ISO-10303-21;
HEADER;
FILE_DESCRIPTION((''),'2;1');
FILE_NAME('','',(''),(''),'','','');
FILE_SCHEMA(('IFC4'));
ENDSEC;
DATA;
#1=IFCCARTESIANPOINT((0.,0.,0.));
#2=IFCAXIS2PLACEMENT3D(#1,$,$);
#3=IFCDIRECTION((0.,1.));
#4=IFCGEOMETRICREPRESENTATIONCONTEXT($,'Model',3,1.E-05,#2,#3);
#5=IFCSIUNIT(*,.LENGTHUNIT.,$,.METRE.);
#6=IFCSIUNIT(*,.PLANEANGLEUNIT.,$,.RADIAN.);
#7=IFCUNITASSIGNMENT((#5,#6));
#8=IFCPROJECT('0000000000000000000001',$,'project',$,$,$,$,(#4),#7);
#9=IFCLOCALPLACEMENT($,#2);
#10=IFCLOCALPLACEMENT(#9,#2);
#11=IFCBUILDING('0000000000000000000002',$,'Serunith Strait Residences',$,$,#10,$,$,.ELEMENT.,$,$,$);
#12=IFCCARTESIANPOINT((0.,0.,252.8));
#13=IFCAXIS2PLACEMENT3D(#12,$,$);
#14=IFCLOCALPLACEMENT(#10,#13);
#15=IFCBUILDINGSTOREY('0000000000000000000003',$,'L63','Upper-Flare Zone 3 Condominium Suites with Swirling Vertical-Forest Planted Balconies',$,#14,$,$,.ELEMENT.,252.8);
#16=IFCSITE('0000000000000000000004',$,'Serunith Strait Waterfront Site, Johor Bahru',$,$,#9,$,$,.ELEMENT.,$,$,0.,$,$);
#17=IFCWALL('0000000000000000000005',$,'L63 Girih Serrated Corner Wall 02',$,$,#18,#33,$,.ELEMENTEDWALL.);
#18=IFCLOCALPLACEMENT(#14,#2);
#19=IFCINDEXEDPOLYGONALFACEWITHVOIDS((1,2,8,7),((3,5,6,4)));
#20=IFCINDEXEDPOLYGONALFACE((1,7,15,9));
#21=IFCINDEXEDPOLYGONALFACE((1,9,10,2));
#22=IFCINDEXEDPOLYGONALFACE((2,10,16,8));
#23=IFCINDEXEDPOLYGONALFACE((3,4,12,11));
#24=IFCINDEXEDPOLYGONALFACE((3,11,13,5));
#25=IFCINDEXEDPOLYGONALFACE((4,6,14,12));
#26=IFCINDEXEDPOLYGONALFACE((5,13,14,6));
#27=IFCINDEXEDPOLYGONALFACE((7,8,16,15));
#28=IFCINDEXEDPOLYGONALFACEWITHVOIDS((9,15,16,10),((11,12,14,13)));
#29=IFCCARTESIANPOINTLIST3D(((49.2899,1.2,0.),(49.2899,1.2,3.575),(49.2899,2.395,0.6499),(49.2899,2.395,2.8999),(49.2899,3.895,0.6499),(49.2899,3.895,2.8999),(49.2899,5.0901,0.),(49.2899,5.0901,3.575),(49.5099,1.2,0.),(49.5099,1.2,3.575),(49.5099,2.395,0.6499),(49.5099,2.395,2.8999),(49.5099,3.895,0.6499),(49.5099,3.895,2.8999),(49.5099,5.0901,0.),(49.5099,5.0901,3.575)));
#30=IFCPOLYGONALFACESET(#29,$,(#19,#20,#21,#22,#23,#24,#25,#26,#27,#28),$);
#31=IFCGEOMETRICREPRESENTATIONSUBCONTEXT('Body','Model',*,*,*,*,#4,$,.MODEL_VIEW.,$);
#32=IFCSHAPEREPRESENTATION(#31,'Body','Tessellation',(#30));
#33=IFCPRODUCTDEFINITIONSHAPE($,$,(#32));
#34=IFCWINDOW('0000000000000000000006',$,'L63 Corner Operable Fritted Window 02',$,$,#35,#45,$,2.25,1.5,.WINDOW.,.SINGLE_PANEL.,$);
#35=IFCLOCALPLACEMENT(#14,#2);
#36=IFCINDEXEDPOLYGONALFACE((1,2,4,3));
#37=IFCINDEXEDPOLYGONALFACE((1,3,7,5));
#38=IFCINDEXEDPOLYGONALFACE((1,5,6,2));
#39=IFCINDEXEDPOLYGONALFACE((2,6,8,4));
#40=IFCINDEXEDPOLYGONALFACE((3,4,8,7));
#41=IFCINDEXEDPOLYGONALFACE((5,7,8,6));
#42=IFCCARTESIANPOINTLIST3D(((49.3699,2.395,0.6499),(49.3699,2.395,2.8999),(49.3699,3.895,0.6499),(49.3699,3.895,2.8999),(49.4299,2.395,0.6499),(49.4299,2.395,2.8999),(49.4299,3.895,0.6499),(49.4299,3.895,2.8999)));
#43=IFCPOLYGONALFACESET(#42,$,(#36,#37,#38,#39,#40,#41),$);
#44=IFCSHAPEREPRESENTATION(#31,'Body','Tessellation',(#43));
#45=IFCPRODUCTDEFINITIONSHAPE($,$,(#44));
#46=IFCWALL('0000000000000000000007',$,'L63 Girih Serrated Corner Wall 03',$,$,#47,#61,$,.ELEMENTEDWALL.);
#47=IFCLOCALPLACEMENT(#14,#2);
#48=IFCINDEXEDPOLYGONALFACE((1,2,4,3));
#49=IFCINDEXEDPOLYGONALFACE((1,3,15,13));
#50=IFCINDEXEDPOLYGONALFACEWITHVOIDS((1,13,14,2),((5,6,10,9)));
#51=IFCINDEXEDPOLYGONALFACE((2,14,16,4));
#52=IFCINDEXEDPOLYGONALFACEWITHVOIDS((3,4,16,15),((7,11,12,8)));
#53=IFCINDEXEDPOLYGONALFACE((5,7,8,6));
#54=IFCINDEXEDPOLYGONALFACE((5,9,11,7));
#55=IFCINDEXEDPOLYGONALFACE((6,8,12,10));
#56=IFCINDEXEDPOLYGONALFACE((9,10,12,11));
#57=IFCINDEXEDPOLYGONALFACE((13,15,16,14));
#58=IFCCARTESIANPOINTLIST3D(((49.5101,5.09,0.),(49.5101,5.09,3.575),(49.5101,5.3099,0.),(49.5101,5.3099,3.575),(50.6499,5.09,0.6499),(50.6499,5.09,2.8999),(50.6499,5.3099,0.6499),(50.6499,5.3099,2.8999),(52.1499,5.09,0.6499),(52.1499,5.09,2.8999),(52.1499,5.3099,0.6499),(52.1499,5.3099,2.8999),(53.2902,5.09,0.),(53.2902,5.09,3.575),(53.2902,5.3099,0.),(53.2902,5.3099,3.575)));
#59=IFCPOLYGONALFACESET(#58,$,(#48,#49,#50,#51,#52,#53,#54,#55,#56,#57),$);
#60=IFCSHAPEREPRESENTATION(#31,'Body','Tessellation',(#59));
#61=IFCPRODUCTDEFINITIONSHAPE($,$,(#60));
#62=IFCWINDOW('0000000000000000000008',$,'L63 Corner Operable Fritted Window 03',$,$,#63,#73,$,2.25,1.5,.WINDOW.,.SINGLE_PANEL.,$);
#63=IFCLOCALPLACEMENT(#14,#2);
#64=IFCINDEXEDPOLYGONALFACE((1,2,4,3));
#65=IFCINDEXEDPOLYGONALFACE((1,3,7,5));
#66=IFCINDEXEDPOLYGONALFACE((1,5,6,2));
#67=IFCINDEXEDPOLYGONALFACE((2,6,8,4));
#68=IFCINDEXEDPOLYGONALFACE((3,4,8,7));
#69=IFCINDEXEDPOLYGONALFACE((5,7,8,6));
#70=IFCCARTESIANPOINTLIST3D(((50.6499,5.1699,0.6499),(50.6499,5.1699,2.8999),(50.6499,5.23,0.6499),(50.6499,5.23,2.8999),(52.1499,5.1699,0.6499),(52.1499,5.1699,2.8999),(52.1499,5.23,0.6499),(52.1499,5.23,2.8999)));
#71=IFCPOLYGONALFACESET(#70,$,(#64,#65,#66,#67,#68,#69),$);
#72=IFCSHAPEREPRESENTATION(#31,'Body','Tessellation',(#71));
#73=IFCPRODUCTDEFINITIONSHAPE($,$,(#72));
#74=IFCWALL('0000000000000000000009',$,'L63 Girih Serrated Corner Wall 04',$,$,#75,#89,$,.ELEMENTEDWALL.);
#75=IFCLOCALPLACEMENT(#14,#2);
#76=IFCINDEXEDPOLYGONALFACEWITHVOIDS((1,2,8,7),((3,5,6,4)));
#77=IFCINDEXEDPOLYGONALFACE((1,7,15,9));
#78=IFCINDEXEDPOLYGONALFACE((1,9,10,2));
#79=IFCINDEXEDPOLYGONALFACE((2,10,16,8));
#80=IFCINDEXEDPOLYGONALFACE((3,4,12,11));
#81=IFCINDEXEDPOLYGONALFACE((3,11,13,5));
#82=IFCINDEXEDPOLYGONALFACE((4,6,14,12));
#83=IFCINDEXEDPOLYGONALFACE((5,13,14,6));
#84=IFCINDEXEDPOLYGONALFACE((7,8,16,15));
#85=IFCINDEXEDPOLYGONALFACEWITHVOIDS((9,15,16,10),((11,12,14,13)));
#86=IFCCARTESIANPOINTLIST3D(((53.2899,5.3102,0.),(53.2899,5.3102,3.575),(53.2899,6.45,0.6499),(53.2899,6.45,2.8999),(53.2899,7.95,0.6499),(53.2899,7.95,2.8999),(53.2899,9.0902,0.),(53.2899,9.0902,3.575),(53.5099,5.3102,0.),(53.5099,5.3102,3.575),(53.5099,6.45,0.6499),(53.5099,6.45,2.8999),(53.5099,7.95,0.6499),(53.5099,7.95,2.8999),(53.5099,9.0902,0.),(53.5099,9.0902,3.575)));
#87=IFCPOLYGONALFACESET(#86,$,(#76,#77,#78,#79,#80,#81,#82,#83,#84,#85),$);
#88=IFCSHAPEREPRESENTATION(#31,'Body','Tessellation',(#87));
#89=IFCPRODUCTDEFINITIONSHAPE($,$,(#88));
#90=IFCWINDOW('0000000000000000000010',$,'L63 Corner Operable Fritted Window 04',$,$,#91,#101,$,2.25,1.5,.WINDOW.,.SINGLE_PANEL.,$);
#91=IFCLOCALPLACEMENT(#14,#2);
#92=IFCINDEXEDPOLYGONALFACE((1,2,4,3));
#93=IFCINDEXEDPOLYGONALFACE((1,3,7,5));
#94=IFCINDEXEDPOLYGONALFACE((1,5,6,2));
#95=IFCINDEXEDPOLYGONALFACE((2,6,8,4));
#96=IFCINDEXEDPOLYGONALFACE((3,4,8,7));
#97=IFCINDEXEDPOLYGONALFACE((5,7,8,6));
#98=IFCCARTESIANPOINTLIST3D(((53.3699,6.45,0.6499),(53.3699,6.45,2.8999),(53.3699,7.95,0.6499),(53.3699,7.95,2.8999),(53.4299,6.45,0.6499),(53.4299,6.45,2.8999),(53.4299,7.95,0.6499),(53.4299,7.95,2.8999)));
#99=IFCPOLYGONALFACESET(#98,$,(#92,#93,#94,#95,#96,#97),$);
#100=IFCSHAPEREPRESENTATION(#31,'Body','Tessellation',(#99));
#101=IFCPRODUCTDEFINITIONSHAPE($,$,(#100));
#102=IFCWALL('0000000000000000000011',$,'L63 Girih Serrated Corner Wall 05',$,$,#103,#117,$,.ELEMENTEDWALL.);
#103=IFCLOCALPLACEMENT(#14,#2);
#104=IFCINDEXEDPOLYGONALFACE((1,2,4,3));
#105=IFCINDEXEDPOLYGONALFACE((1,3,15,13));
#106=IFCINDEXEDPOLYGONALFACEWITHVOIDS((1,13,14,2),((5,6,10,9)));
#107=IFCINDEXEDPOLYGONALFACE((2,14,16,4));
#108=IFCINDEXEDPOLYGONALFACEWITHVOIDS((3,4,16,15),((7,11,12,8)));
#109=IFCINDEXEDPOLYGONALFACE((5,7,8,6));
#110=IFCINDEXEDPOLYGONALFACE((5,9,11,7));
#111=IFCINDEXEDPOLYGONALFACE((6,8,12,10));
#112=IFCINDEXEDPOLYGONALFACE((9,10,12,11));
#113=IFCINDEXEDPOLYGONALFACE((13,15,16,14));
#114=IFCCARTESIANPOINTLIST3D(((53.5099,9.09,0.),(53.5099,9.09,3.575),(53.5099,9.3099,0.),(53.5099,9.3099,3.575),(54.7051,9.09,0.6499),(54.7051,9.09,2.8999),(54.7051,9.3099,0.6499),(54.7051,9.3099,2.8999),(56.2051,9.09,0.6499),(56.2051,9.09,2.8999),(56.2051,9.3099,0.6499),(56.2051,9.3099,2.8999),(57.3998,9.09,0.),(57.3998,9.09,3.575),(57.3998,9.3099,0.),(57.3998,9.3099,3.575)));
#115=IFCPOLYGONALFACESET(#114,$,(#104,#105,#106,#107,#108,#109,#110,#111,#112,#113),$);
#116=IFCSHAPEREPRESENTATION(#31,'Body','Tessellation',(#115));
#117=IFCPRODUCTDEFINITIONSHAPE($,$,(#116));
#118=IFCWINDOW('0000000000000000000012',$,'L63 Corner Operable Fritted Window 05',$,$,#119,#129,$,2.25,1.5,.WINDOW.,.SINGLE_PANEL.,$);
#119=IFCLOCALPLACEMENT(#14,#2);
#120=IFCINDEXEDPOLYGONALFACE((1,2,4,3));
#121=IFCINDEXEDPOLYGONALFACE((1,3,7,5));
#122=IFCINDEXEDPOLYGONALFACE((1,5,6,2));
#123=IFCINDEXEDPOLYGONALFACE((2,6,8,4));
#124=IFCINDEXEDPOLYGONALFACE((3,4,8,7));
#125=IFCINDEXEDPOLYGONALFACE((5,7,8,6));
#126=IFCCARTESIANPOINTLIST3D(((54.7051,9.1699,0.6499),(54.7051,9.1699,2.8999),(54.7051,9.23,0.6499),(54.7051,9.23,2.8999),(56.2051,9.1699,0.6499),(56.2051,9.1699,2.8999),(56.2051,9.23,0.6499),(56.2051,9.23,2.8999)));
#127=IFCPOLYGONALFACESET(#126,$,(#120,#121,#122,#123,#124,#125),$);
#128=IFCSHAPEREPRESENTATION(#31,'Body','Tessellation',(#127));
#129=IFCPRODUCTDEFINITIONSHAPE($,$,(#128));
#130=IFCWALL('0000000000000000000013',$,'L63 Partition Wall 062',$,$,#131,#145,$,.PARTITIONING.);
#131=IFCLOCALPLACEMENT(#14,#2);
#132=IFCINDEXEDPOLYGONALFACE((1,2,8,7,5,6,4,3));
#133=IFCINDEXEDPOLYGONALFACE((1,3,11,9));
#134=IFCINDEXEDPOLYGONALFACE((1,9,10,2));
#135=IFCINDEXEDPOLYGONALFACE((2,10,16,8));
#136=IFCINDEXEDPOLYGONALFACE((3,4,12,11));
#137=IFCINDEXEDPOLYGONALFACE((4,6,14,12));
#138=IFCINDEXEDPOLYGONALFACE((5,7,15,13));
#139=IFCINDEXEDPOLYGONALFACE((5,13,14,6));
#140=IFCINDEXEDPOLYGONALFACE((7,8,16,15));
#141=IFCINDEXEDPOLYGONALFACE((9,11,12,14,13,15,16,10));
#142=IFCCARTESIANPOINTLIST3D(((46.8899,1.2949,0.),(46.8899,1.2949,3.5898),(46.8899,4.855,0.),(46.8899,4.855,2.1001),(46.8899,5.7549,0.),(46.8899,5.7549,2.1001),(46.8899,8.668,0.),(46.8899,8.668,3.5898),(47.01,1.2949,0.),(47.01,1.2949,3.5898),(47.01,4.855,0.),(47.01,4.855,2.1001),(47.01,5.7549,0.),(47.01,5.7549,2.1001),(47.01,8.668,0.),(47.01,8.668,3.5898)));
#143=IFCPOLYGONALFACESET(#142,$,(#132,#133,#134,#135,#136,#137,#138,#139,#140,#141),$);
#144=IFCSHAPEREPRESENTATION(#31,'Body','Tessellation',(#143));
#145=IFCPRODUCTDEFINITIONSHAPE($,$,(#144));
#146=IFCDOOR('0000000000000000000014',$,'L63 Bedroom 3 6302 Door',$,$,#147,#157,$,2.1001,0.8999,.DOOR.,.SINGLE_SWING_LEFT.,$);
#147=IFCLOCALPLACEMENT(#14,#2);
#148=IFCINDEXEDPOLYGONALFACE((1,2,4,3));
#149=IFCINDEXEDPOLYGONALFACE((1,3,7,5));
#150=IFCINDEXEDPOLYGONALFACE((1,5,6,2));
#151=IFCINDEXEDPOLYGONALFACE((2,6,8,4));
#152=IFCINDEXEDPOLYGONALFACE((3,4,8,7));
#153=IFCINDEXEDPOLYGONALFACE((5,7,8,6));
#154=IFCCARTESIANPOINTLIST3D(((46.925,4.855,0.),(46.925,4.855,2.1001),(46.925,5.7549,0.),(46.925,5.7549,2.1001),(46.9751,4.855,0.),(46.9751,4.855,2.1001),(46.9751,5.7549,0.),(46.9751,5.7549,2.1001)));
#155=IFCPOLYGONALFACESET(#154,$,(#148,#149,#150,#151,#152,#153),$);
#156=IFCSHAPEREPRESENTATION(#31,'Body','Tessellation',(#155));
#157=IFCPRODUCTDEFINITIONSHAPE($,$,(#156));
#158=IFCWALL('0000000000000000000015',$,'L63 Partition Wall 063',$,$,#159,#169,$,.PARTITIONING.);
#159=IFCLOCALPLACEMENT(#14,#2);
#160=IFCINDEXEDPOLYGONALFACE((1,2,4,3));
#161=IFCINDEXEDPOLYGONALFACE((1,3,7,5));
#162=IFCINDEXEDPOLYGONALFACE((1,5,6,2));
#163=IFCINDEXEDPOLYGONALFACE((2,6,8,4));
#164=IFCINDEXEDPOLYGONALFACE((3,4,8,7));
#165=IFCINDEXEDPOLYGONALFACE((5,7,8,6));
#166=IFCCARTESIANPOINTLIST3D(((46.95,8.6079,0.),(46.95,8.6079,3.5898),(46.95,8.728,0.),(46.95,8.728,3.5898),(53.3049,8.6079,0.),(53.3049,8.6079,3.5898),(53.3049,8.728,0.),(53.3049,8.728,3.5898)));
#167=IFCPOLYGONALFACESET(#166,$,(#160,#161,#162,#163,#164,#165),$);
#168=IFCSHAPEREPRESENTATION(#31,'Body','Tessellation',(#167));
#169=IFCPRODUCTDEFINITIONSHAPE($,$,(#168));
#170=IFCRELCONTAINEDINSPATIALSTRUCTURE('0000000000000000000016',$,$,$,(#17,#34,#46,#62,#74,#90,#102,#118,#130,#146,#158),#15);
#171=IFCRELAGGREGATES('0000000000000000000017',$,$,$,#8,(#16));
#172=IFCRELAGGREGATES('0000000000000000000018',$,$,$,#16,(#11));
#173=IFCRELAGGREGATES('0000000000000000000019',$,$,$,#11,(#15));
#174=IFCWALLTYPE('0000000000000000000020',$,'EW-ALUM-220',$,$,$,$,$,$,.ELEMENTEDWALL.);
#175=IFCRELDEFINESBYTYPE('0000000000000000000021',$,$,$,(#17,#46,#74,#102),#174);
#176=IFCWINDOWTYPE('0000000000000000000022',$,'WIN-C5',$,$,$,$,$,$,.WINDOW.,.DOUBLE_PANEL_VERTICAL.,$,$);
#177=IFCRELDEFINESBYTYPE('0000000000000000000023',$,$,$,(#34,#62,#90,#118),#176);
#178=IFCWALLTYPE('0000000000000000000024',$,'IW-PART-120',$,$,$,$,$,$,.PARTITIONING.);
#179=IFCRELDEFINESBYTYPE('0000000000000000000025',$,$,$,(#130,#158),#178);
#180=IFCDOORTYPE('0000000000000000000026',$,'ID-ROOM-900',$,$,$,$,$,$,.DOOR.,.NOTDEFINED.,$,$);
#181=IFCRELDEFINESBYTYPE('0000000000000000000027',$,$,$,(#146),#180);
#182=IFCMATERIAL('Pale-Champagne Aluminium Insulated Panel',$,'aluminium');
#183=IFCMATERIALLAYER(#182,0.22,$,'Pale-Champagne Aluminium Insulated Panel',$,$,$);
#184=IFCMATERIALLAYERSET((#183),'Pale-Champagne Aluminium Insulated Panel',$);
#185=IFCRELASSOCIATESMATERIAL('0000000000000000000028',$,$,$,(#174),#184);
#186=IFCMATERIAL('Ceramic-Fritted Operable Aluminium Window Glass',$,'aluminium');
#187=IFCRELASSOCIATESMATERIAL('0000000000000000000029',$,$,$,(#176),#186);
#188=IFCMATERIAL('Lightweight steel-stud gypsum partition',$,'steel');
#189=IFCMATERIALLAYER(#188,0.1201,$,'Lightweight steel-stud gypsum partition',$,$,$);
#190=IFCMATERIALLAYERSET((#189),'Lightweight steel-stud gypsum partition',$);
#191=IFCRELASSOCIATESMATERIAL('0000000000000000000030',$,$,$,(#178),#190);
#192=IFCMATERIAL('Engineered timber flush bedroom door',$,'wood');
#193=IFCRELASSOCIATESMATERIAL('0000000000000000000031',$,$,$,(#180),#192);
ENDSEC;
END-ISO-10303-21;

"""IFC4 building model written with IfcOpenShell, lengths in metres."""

from ifc_helpers import new_model, si_unit, direction, frame, frame_2d, origin, place, context, subcontext, project, spatial, rectangle, extrude, source, transform, mapped, material, layer, layer_set, type_object, element, fill, save


model = new_model("IFC4")

# Units and contexts
model_context = context("Model", 3, precision=1e-05, world=origin(), true_north=direction((0.0, 1.0)))
body_context = subcontext(model_context, "Body", "Model", "MODEL_VIEW")
ifc_project = project(units=[si_unit("LENGTHUNIT", "METRE"), si_unit("PLANEANGLEUNIT", "RADIAN")], contexts=[model_context])

# Site, building, storey
site_placement = place(None, origin())
site = spatial("IfcSite", under=ifc_project, at=site_placement, Name="Serunith Strait Waterfront Site, Johor Bahru", CompositionType="ELEMENT", RefElevation=0.0)
building_placement = place(site_placement, origin())
building = spatial("IfcBuilding", under=site, at=building_placement, Name="Serunith Strait Residences", CompositionType="ELEMENT")
storey_placement = place(building_placement, frame((0.0, 0.0, 252.8)))
storey = spatial("IfcBuildingStorey", under=building, at=storey_placement, Name="L63", Description="Upper-Flare Zone 3 Condominium Suites with Swirling Vertical-Forest Planted Balconies", CompositionType="ELEMENT", Elevation=252.8)

# Walls, openings, windows
ifc_material_1 = material(Name="Pale-Champagne Aluminium Insulated Panel", Category="aluminium")
ifc_layer_1 = layer(ifc_material_1, 0.22, Name="Pale-Champagne Aluminium Insulated Panel")
ifc_layer_set_1 = layer_set([ifc_layer_1], Name="Pale-Champagne Aluminium Insulated Panel")
wall_type_1 = type_object("IfcWallType", Name="EW-ALUM-220", PredefinedType="ELEMENTEDWALL", material=ifc_layer_set_1)
wall_1_placement = place(storey_placement, frame((49.3999, 1.2, 0.0), z_axis=(0.0, 0.0, 1.0), x_axis=(0.0, 1.0, 0.0)))
wall_1 = element("IfcWall", 1, at=wall_1_placement, inside=storey, type_object=wall_type_1, Name="L63 Girih Serrated Corner Wall 02", PredefinedType="ELEMENTEDWALL", context=body_context, shape_type="SweptSolid", body=[
    extrude(rectangle(XDim=3.8901, YDim=0.22, at=frame_2d((1.9451, 0.0))), origin(), (0.0, 0.0, 1.0), 3.575),
])
opening_1_placement = place(wall_1_placement, frame((1.1951, 0.0, 0.6499)))
opening_1 = element("IfcOpeningElement", 2, at=opening_1_placement, cuts=wall_1, PredefinedType="OPENING", context=body_context, shape_type="SweptSolid", body=[
    extrude(rectangle(XDim=1.5, YDim=2.25, at=frame_2d((0.75, 1.125))), frame((0.0, 0.1201, 0.0), z_axis=(0.0, -1.0, 0.0), x_axis=(1.0, 0.0, 0.0)), (0.0, 0.0, 1.0), 0.24),
])
ifc_material_2 = material(Name="Ceramic-Fritted Operable Aluminium Window Glass", Category="aluminium")
window_type = type_object("IfcWindowType", Name="WIN-C5", PartitioningType="DOUBLE_PANEL_VERTICAL", PredefinedType="WINDOW", material=ifc_material_2)
shared_shape_1 = source(origin(), body_context, "Body", "SweptSolid", [
    extrude(rectangle(XDim=1.5, YDim=2.25, at=frame_2d((0.75, 1.125))), frame((0.0, 0.03, 0.0), z_axis=(0.0, -1.0, 0.0), x_axis=(1.0, 0.0, 0.0)), (0.0, 0.0, 1.0), 0.0601),
])
window_1_placement = place(opening_1_placement, origin())
window_1 = element("IfcWindow", 3, at=window_1_placement, inside=storey, type_object=window_type, Name="L63 Corner Operable Fritted Window 02", OverallHeight=2.25, OverallWidth=1.5, PartitioningType="SINGLE_PANEL", PredefinedType="WINDOW", context=body_context, shape_type="MappedRepresentation", body=[
    mapped(shared_shape_1, transform((0.0, 0.0, 0.0), scale=1.0)),
])
fill(opening_1, window_1)
wall_2_placement = place(storey_placement, frame((49.51, 5.2, 0.0), z_axis=(0.0, 0.0, 1.0), x_axis=(1.0, 0.0, 0.0)))
wall_2 = element("IfcWall", 4, at=wall_2_placement, inside=storey, type_object=wall_type_1, Name="L63 Girih Serrated Corner Wall 03", PredefinedType="ELEMENTEDWALL", context=body_context, shape_type="SweptSolid", body=[
    extrude(rectangle(XDim=3.78, YDim=0.22, at=frame_2d((1.8901, 0.0))), origin(), (0.0, 0.0, 1.0), 3.575),
])
opening_2_placement = place(wall_2_placement, frame((1.1399, 0.0, 0.6499)))
opening_2 = element("IfcOpeningElement", 5, at=opening_2_placement, cuts=wall_2, PredefinedType="OPENING", context=body_context, shape_type="SweptSolid", body=[
    extrude(rectangle(XDim=1.5, YDim=2.25, at=frame_2d((0.75, 1.125))), frame((0.0, 0.1201, 0.0), z_axis=(0.0, -1.0, 0.0), x_axis=(1.0, 0.0, 0.0)), (0.0, 0.0, 1.0), 0.24),
])
window_2_placement = place(opening_2_placement, origin())
window_2 = element("IfcWindow", 6, at=window_2_placement, inside=storey, type_object=window_type, Name="L63 Corner Operable Fritted Window 03", OverallHeight=2.25, OverallWidth=1.5, PartitioningType="SINGLE_PANEL", PredefinedType="WINDOW", context=body_context, shape_type="MappedRepresentation", body=[
    mapped(shared_shape_1, transform((0.0, 0.0, 0.0), scale=1.0)),
])
fill(opening_2, window_2)
wall_3_placement = place(storey_placement, frame((53.3999, 5.3101, 0.0), z_axis=(0.0, 0.0, 1.0), x_axis=(0.0, 1.0, 0.0)))
wall_3 = element("IfcWall", 7, at=wall_3_placement, inside=storey, type_object=wall_type_1, Name="L63 Girih Serrated Corner Wall 04", PredefinedType="ELEMENTEDWALL", context=body_context, shape_type="SweptSolid", body=[
    extrude(rectangle(XDim=3.78, YDim=0.22, at=frame_2d((1.8901, 0.0))), origin(), (0.0, 0.0, 1.0), 3.575),
])
opening_3_placement = place(wall_3_placement, frame((1.1399, 0.0, 0.6499)))
opening_3 = element("IfcOpeningElement", 8, at=opening_3_placement, cuts=wall_3, PredefinedType="OPENING", context=body_context, shape_type="SweptSolid", body=[
    extrude(rectangle(XDim=1.5, YDim=2.25, at=frame_2d((0.75, 1.125))), frame((0.0, 0.1201, 0.0), z_axis=(0.0, -1.0, 0.0), x_axis=(1.0, 0.0, 0.0)), (0.0, 0.0, 1.0), 0.24),
])
window_3_placement = place(opening_3_placement, origin())
window_3 = element("IfcWindow", 9, at=window_3_placement, inside=storey, type_object=window_type, Name="L63 Corner Operable Fritted Window 04", OverallHeight=2.25, OverallWidth=1.5, PartitioningType="SINGLE_PANEL", PredefinedType="WINDOW", context=body_context, shape_type="MappedRepresentation", body=[
    mapped(shared_shape_1, transform((0.0, 0.0, 0.0), scale=1.0)),
])
fill(opening_3, window_3)
wall_4_placement = place(storey_placement, frame((53.51, 9.2, 0.0), z_axis=(0.0, 0.0, 1.0), x_axis=(1.0, 0.0, 0.0)))
wall_4 = element("IfcWall", 10, at=wall_4_placement, inside=storey, type_object=wall_type_1, Name="L63 Girih Serrated Corner Wall 05", PredefinedType="ELEMENTEDWALL", context=body_context, shape_type="SweptSolid", body=[
    extrude(rectangle(XDim=3.8899, YDim=0.22, at=frame_2d((1.9448, 0.0))), origin(), (0.0, 0.0, 1.0), 3.575),
])
opening_4_placement = place(wall_4_placement, frame((1.1951, 0.0, 0.6499)))
opening_4 = element("IfcOpeningElement", 11, at=opening_4_placement, cuts=wall_4, PredefinedType="OPENING", context=body_context, shape_type="SweptSolid", body=[
    extrude(rectangle(XDim=1.5, YDim=2.25, at=frame_2d((0.75, 1.125))), frame((0.0, 0.1201, 0.0), z_axis=(0.0, -1.0, 0.0), x_axis=(1.0, 0.0, 0.0)), (0.0, 0.0, 1.0), 0.24),
])
window_4_placement = place(opening_4_placement, origin())
window_4 = element("IfcWindow", 12, at=window_4_placement, inside=storey, type_object=window_type, Name="L63 Corner Operable Fritted Window 05", OverallHeight=2.25, OverallWidth=1.5, PartitioningType="SINGLE_PANEL", PredefinedType="WINDOW", context=body_context, shape_type="MappedRepresentation", body=[
    mapped(shared_shape_1, transform((0.0, 0.0, 0.0), scale=1.0)),
])
fill(opening_4, window_4)

# Wall, opening, door
ifc_material_3 = material(Name="Lightweight steel-stud gypsum partition", Category="steel")
ifc_layer_2 = layer(ifc_material_3, 0.1201, Name="Lightweight steel-stud gypsum partition")
ifc_layer_set_2 = layer_set([ifc_layer_2], Name="Lightweight steel-stud gypsum partition")
wall_type_2 = type_object("IfcWallType", Name="IW-PART-120", PredefinedType="PARTITIONING", material=ifc_layer_set_2)
wall_5_placement = place(storey_placement, frame((46.95, 1.2949, 0.0), z_axis=(0.0, 0.0, 1.0), x_axis=(0.0, 1.0, 0.0)))
wall_5 = element("IfcWall", 13, at=wall_5_placement, inside=storey, type_object=wall_type_2, Name="L63 Partition Wall 062", PredefinedType="PARTITIONING", context=body_context, shape_type="SweptSolid", body=[
    extrude(rectangle(XDim=7.373, YDim=0.1201, at=frame_2d((3.6865, 0.0))), origin(), (0.0, 0.0, 1.0), 3.5898),
])
opening_5_placement = place(wall_5_placement, frame((3.5601, 0.0, 0.0)))
opening_5 = element("IfcOpeningElement", 14, at=opening_5_placement, cuts=wall_5, PredefinedType="OPENING", context=body_context, shape_type="SweptSolid", body=[
    extrude(rectangle(XDim=0.8999, YDim=2.1001, at=frame_2d((0.45, 1.05))), frame((0.0, 0.0701, 0.0), z_axis=(0.0, -1.0, 0.0), x_axis=(1.0, 0.0, 0.0)), (0.0, 0.0, 1.0), 0.1401),
])
ifc_material_4 = material(Name="Engineered timber flush bedroom door", Category="wood")
door_type_1 = type_object("IfcDoorType", Name="ID-ROOM-900", OperationType="NOTDEFINED", PredefinedType="DOOR", material=ifc_material_4)
shared_shape_2 = source(origin(), body_context, "Body", "SweptSolid", [
    extrude(rectangle(XDim=0.8999, YDim=2.1001, at=frame_2d((0.45, 1.05))), frame((0.0, 0.0249, 0.0), z_axis=(0.0, -1.0, 0.0), x_axis=(1.0, 0.0, 0.0)), (0.0, 0.0, 1.0), 0.05),
])
door_1_placement = place(opening_5_placement, origin())
door_1 = element("IfcDoor", 15, at=door_1_placement, inside=storey, type_object=door_type_1, Name="L63 Bedroom 3 6302 Door", OperationType="SINGLE_SWING_LEFT", OverallHeight=2.1001, OverallWidth=0.8999, PredefinedType="DOOR", context=body_context, shape_type="MappedRepresentation", body=[
    mapped(shared_shape_2, transform((0.0, 0.0, 0.0), scale=1.0)),
])
fill(opening_5, door_1)

# Wall
wall_6_placement = place(storey_placement, frame((46.95, 8.668, 0.0), z_axis=(0.0, 0.0, 1.0), x_axis=(1.0, 0.0, 0.0)))
element("IfcWall", 16, at=wall_6_placement, inside=storey, type_object=wall_type_2, Name="L63 Partition Wall 063", PredefinedType="PARTITIONING", context=body_context, shape_type="SweptSolid", body=[
    extrude(rectangle(XDim=6.355, YDim=0.1201, at=frame_2d((3.1775, 0.0))), origin(), (0.0, 0.0, 1.0), 3.5898),
])

save(model, "model.ifc")
